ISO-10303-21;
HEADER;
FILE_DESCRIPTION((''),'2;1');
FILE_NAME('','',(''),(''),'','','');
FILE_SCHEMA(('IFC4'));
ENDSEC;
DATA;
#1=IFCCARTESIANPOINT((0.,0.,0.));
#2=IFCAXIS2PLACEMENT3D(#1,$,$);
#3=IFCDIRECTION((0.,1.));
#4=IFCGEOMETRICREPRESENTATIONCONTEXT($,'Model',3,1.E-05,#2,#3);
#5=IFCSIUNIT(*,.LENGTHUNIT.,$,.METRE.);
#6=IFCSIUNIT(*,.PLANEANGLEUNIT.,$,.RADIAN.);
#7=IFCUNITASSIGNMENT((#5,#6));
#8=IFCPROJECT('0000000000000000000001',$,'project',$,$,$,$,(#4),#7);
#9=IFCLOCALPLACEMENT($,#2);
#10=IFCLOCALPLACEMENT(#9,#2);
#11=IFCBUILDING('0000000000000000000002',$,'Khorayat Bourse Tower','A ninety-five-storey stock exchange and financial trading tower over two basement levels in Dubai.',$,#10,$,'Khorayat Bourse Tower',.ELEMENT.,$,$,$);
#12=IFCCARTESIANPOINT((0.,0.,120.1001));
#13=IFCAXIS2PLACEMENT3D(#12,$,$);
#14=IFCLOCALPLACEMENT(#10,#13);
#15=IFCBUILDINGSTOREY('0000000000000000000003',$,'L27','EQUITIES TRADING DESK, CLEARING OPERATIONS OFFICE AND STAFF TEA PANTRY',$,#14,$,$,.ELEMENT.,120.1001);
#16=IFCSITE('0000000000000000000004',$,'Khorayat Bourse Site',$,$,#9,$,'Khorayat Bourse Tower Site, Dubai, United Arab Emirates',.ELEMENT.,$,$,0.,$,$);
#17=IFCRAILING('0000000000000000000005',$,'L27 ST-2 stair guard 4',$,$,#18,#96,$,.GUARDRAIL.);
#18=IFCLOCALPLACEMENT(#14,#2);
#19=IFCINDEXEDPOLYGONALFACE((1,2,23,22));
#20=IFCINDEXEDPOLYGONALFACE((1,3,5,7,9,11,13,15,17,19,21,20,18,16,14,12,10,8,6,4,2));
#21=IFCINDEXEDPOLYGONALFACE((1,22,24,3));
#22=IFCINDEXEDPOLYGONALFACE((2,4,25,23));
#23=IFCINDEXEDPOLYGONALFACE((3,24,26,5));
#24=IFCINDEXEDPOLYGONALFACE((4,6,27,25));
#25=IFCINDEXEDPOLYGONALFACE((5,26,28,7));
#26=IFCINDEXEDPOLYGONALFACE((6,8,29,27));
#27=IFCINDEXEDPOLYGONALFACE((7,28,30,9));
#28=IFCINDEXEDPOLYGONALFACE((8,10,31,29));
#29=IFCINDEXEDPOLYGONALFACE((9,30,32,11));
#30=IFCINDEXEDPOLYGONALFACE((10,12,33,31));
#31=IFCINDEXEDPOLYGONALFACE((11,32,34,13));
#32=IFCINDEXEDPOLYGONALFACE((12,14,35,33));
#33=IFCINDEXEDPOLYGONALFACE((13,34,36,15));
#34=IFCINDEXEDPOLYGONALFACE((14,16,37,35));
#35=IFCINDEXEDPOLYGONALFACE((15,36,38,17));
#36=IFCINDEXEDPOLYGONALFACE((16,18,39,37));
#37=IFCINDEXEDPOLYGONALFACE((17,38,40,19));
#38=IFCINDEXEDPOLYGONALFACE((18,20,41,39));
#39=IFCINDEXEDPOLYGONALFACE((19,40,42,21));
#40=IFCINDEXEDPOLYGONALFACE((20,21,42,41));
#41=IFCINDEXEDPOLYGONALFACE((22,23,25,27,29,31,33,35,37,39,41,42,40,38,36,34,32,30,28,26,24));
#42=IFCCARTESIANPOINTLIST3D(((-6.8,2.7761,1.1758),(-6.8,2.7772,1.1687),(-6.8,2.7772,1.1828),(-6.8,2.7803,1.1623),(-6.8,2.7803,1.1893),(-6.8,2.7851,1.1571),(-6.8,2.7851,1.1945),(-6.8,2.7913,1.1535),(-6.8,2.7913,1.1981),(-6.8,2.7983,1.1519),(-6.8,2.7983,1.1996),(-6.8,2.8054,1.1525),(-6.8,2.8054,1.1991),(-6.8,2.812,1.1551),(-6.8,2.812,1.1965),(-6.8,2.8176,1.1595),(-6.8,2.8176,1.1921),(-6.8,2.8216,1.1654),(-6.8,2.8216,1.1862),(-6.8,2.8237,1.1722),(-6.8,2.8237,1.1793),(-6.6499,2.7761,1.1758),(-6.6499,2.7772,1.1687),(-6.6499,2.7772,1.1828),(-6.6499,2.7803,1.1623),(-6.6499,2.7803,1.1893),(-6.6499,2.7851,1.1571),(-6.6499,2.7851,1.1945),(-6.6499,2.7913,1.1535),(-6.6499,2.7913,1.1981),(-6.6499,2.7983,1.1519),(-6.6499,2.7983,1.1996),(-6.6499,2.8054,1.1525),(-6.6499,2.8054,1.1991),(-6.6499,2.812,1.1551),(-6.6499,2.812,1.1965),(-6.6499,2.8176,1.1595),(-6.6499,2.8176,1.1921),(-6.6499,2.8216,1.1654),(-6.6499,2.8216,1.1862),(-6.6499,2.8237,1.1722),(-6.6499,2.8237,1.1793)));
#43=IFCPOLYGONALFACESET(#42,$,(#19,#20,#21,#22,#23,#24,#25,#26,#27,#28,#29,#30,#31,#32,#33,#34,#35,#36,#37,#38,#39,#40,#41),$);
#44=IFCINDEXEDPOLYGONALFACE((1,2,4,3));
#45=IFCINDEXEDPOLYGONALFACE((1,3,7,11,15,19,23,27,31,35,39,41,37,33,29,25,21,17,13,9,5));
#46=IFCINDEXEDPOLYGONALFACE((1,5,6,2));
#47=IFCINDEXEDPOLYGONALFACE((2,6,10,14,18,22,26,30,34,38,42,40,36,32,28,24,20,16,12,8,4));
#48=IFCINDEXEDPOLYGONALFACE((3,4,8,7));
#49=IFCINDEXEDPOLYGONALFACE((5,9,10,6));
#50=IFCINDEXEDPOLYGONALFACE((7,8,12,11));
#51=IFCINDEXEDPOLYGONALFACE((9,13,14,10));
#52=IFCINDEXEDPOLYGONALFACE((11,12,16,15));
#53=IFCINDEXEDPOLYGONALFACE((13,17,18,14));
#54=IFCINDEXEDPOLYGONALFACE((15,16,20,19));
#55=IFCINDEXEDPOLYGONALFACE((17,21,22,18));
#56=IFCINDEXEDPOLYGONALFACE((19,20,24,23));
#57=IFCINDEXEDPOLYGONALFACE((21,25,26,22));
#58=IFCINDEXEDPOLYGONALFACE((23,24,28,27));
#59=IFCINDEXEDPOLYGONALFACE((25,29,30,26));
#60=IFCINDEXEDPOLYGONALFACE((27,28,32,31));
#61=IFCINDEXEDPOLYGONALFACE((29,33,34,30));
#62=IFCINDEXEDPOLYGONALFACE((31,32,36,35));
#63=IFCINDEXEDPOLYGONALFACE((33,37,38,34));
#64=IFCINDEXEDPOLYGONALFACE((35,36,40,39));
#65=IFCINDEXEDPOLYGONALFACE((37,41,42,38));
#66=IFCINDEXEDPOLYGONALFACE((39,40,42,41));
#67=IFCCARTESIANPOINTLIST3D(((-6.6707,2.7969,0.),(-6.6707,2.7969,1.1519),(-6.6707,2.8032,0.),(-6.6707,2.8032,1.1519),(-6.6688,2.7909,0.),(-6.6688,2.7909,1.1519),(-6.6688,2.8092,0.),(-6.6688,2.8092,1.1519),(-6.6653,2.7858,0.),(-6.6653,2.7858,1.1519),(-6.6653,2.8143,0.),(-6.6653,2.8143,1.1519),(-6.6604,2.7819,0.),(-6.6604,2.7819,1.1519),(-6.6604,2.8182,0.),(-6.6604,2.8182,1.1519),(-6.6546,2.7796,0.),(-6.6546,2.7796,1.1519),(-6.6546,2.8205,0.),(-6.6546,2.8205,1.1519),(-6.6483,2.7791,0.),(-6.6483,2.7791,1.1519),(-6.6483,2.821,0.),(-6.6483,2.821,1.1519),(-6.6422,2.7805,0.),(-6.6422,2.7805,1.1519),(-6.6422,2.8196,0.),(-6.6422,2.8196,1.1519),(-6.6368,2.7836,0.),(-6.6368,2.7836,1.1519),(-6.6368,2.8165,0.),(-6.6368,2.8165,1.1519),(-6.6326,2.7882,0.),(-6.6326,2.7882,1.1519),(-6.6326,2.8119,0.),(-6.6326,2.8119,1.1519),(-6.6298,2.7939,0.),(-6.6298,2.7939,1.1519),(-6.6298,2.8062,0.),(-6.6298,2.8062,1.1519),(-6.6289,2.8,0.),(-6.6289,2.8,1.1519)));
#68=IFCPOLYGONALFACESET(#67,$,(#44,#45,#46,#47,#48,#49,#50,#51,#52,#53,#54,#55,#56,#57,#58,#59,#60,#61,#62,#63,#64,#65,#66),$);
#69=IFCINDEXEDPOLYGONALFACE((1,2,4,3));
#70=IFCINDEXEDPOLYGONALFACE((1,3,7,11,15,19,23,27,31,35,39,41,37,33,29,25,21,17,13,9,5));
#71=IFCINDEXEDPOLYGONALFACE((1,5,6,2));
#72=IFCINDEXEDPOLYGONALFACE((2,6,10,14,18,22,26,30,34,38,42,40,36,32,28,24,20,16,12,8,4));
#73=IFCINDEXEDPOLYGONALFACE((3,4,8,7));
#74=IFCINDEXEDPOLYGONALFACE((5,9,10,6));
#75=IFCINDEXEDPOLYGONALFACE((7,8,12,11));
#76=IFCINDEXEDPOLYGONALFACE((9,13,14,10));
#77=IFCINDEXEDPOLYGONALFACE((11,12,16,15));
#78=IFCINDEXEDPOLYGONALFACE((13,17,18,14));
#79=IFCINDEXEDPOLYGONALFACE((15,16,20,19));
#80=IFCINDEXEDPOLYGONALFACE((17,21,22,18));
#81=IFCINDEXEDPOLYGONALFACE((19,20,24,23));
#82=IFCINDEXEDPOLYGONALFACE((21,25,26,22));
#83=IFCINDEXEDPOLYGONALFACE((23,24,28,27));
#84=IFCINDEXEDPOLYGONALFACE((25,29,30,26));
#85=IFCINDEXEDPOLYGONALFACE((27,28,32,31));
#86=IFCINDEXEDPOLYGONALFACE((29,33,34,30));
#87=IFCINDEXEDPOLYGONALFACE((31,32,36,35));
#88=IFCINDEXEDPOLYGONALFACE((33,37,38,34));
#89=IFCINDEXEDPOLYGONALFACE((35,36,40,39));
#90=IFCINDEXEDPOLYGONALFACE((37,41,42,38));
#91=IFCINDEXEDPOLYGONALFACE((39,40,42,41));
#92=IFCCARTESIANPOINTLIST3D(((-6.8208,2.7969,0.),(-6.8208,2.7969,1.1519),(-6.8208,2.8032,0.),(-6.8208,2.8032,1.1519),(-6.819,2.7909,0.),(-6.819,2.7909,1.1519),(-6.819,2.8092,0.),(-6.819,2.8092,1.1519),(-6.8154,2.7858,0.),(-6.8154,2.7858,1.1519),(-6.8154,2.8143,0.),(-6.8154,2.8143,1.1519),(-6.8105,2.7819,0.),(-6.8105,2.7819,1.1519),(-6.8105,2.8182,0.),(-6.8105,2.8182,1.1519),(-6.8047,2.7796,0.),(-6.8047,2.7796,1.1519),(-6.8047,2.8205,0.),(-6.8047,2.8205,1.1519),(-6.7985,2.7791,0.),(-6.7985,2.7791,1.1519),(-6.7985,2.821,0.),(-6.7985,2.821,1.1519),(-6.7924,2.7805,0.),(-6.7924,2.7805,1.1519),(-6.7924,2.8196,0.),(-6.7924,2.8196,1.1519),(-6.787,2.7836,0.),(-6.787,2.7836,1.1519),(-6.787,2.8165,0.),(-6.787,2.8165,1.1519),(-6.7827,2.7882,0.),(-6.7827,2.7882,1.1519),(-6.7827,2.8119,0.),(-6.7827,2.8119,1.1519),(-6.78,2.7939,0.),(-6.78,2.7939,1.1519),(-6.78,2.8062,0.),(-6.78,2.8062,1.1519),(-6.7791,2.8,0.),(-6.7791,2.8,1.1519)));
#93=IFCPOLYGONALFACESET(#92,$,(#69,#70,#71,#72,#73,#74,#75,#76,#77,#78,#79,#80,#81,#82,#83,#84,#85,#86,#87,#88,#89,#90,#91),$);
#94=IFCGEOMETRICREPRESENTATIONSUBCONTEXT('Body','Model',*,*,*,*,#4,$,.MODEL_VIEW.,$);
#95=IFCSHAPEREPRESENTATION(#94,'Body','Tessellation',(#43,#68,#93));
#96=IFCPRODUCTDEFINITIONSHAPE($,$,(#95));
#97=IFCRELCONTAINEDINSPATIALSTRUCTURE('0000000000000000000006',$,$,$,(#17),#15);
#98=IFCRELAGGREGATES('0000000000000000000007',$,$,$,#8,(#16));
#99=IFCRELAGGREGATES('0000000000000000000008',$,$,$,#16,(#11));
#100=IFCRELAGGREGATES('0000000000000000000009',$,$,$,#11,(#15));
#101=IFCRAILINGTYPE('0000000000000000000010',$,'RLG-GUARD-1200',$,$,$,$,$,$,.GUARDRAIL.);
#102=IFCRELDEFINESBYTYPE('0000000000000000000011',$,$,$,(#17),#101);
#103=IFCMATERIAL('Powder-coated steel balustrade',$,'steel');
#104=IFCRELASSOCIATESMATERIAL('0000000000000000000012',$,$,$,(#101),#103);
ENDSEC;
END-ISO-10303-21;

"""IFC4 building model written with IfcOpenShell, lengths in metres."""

from ifc_helpers import new_model, si_unit, direction, frame, origin, origin_2d, place, context, subcontext, project, spatial, circle, extrude, source, transform, mapped, material, type_object, element, save


model = new_model("IFC4")

# Units and contexts
model_context = context("Model", 3, precision=1e-05, world=origin(), true_north=direction((0.0, 1.0)))
body_context = subcontext(model_context, "Body", "Model", "MODEL_VIEW")
ifc_project = project(units=[si_unit("LENGTHUNIT", "METRE"), si_unit("PLANEANGLEUNIT", "RADIAN")], contexts=[model_context])

# Site, building, storey
site_placement = place(None, origin())
site = spatial("IfcSite", under=ifc_project, at=site_placement, Name="Khorayat Bourse Site", LongName="Khorayat Bourse Tower Site, Dubai, United Arab Emirates", CompositionType="ELEMENT", RefElevation=0.0)
building_placement = place(site_placement, origin())
building = spatial("IfcBuilding", under=site, at=building_placement, Name="Khorayat Bourse Tower", Description="A ninety-five-storey stock exchange and financial trading tower over two basement levels in Dubai.", LongName="Khorayat Bourse Tower", CompositionType="ELEMENT")
storey_placement = place(building_placement, frame((0.0, 0.0, 120.1001)))
storey = spatial("IfcBuildingStorey", under=building, at=storey_placement, Name="L27", Description="EQUITIES TRADING DESK, CLEARING OPERATIONS OFFICE AND STAFF TEA PANTRY", CompositionType="ELEMENT", Elevation=120.1001)

# Railing
ifc_material_1 = material(Name="Powder-coated steel balustrade", Category="steel")
railing_type_1 = type_object("IfcRailingType", Name="RLG-GUARD-1200", PredefinedType="GUARDRAIL", material=ifc_material_1)
shared_shape_1 = source(origin(), body_context, "Body", "SweptSolid", [
    extrude(circle(Radius=0.0239, at=origin_2d()), frame((0.0, 0.0, 1.1758), z_axis=(-1.0, 0.0, 0.0), x_axis=(0.0, -1.0, 0.0)), (0.0, 0.0, 1.0), 0.1501),
    extrude(circle(Radius=0.021, at=origin_2d()), origin(), (0.0, 0.0, 1.0), 1.1519),
    extrude(circle(Radius=0.021, at=origin_2d()), frame((-0.1501, 0.0, 0.0)), (0.0, 0.0, 1.0), 1.1519),
])
for number, where, name in (
    (1, (-6.6499, 2.8, 0.0), "L27 ST-2 stair guard 4"),
):
    element("IfcRailing", number, at=place(storey_placement, frame(where)), inside=storey, type_object=railing_type_1, Name=name, PredefinedType="GUARDRAIL", context=body_context, shape_type="MappedRepresentation", body=[
        mapped(shared_shape_1, transform((0.0, 0.0, 0.0), scale=1.0)),
    ])

save(model, "model.ifc")
